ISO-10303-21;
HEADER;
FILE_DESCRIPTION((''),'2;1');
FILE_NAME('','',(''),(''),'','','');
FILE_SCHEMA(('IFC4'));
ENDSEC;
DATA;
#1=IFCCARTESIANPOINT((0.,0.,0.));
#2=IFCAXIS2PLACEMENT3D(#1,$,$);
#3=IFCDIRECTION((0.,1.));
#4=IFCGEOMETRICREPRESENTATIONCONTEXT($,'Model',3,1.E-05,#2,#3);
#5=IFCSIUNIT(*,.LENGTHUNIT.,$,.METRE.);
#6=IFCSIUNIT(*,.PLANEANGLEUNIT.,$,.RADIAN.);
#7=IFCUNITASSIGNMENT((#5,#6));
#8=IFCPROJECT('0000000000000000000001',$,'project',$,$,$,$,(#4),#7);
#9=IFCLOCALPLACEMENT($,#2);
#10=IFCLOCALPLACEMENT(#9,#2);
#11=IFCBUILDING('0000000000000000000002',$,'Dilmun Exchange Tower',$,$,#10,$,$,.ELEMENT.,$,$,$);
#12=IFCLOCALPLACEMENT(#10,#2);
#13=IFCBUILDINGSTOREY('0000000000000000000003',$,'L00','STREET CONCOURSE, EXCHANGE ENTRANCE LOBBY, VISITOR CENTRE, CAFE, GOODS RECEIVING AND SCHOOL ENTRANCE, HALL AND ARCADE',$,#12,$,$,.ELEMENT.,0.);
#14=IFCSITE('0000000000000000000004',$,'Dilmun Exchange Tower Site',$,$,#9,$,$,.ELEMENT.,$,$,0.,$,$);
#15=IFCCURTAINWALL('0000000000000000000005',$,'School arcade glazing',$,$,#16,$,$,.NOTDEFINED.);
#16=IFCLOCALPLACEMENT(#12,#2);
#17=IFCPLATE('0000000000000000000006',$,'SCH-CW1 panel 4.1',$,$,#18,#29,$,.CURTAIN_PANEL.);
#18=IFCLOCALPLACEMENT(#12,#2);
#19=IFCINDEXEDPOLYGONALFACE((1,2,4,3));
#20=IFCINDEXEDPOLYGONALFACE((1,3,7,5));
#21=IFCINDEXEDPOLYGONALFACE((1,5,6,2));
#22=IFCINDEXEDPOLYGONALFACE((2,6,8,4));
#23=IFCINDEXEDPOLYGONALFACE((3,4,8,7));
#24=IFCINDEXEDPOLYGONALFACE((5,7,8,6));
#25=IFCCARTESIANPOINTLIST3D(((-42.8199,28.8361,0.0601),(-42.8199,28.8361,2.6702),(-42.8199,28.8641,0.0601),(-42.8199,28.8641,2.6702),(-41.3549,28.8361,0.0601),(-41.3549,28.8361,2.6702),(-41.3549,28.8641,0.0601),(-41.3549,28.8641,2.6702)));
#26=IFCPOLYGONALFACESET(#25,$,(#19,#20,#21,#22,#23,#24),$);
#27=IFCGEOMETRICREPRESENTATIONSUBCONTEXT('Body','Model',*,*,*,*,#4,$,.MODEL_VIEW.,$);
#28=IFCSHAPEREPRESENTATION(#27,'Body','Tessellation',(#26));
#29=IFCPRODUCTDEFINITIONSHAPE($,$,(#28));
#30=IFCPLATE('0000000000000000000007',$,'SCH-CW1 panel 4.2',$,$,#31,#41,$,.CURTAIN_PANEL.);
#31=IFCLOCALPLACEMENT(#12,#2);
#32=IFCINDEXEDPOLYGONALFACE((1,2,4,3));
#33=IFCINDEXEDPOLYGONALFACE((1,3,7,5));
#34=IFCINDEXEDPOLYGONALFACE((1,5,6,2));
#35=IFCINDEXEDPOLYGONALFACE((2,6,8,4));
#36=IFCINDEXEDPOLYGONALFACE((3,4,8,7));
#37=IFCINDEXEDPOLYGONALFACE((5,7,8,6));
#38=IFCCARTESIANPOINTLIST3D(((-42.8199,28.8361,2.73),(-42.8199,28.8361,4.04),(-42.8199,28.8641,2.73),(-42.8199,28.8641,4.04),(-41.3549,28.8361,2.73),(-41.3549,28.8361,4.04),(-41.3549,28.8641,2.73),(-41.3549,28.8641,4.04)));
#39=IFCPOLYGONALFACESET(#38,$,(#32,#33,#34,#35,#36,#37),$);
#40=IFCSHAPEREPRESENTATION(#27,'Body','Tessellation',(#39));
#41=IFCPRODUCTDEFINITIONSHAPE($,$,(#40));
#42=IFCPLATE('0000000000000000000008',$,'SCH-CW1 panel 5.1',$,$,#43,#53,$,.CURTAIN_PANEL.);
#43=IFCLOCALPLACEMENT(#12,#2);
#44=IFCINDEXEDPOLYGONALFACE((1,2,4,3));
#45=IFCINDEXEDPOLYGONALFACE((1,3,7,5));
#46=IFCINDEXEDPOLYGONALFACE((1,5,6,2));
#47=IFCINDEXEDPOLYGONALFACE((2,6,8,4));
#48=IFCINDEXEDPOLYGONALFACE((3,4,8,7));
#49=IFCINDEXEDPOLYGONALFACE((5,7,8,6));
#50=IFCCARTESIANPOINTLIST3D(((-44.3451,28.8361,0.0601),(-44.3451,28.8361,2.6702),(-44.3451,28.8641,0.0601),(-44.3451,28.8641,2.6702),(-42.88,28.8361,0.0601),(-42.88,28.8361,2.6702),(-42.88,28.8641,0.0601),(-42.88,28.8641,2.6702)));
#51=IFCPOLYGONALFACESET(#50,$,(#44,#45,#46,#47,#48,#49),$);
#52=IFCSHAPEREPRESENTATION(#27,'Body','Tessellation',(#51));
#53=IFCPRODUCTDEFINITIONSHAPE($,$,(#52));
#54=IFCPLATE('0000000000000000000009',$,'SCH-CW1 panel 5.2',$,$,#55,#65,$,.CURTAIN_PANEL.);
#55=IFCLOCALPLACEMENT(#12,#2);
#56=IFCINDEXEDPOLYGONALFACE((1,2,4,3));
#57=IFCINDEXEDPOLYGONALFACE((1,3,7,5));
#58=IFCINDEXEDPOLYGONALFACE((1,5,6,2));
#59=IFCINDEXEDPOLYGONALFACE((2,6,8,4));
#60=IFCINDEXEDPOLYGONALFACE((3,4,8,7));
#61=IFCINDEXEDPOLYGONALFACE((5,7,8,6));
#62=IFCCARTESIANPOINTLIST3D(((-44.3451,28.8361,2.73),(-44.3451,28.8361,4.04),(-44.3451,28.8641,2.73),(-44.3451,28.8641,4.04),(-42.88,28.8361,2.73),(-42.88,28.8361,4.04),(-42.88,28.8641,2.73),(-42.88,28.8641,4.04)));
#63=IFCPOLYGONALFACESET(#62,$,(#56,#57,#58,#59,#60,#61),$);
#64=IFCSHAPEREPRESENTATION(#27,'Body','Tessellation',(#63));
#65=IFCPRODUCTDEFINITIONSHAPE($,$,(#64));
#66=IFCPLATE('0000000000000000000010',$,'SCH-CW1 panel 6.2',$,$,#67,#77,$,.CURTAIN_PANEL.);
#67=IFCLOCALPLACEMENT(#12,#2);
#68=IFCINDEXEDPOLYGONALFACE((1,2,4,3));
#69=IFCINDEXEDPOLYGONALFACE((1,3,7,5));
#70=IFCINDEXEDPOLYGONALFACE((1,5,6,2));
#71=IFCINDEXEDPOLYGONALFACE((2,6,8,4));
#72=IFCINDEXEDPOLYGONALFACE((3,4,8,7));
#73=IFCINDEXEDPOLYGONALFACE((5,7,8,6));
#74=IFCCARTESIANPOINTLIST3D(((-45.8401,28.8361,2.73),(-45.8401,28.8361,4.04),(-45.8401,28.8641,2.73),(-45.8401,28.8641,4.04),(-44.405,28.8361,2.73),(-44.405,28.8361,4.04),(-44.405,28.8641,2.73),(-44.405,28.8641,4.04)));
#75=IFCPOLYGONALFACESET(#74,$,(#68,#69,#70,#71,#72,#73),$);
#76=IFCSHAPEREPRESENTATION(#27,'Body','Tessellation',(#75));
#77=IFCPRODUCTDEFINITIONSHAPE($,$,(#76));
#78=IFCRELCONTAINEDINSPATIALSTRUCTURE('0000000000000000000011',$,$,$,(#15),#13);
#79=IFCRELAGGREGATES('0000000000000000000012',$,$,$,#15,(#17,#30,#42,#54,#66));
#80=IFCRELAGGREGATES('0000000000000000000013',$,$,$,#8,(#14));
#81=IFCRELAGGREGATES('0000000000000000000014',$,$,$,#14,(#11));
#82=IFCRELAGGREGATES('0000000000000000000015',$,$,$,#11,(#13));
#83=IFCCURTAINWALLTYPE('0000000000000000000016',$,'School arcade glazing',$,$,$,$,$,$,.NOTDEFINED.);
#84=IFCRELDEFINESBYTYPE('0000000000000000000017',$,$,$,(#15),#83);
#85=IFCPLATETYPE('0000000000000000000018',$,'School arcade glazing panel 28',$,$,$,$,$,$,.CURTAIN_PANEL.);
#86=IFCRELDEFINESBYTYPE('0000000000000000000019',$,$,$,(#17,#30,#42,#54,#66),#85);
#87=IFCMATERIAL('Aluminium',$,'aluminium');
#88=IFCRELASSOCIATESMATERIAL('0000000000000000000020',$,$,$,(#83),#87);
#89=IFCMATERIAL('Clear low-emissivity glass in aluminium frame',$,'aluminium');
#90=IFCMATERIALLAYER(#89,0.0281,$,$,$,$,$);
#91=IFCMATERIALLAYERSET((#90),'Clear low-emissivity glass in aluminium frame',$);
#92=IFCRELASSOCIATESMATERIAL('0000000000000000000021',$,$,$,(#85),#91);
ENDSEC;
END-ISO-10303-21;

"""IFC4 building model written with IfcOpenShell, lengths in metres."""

from ifc_helpers import new_model, si_unit, direction, frame, origin, origin_2d, place, context, subcontext, project, spatial, rectangle, extrude, material, layer, layer_set, type_object, element, aggregate, save


model = new_model("IFC4")

# Units and contexts
model_context = context("Model", 3, precision=1e-05, world=origin(), true_north=direction((0.0, 1.0)))
body_context = subcontext(model_context, "Body", "Model", "MODEL_VIEW")
ifc_project = project(units=[si_unit("LENGTHUNIT", "METRE"), si_unit("PLANEANGLEUNIT", "RADIAN")], contexts=[model_context])

# Site, building, storey
site_placement = place(None, origin())
site = spatial("IfcSite", under=ifc_project, at=site_placement, Name="Dilmun Exchange Tower Site", CompositionType="ELEMENT", RefElevation=0.0)
building_placement = place(site_placement, origin())
building = spatial("IfcBuilding", under=site, at=building_placement, Name="Dilmun Exchange Tower", CompositionType="ELEMENT")
storey_placement = place(building_placement, origin())
storey = spatial("IfcBuildingStorey", under=building, at=storey_placement, Name="L00", Description="STREET CONCOURSE, EXCHANGE ENTRANCE LOBBY, VISITOR CENTRE, CAFE, GOODS RECEIVING AND SCHOOL ENTRANCE, HALL AND ARCADE", CompositionType="ELEMENT", Elevation=0.0)

# Curtain wall, plates
ifc_material_1 = material(Name="Aluminium", Category="aluminium")
curtain_wall_type = type_object("IfcCurtainWallType", Name="School arcade glazing", PredefinedType="NOTDEFINED", material=ifc_material_1)
curtain_wall_placement = place(storey_placement, origin())
curtain_wall = element("IfcCurtainWall", 1, at=curtain_wall_placement, inside=storey, type_object=curtain_wall_type, Name="School arcade glazing", PredefinedType="NOTDEFINED")
ifc_material_2 = material(Name="Clear low-emissivity glass in aluminium frame", Category="aluminium")
ifc_layer = layer(ifc_material_2, 0.0281)
ifc_layer_set = layer_set([ifc_layer], Name="Clear low-emissivity glass in aluminium frame")
plate_type = type_object("IfcPlateType", Name="School arcade glazing panel 28", PredefinedType="CURTAIN_PANEL", material=ifc_layer_set)
plate_1_placement = place(storey_placement, frame((-42.0874, 28.8501, 0.0601), z_axis=(0.0, 0.0, 1.0), x_axis=(-1.0, 0.0, 0.0)))
plate_1 = element("IfcPlate", 2, at=plate_1_placement, type_object=plate_type, Name="SCH-CW1 panel 4.1", PredefinedType="CURTAIN_PANEL", context=body_context, shape_type="SweptSolid", body=[
    extrude(rectangle(XDim=1.4651, YDim=0.0281, at=origin_2d()), origin(), (0.0, 0.0, 1.0), 2.6101),
])
plate_2_placement = place(storey_placement, frame((-42.0874, 28.8501, 2.73), z_axis=(0.0, 0.0, 1.0), x_axis=(-1.0, 0.0, 0.0)))
plate_2 = element("IfcPlate", 3, at=plate_2_placement, type_object=plate_type, Name="SCH-CW1 panel 4.2", PredefinedType="CURTAIN_PANEL", context=body_context, shape_type="SweptSolid", body=[
    extrude(rectangle(XDim=1.4651, YDim=0.0281, at=origin_2d()), origin(), (0.0, 0.0, 1.0), 1.3101),
])
plate_3_placement = place(storey_placement, frame((-43.6125, 28.8501, 0.0601), z_axis=(0.0, 0.0, 1.0), x_axis=(-1.0, 0.0, 0.0)))
plate_3 = element("IfcPlate", 4, at=plate_3_placement, type_object=plate_type, Name="SCH-CW1 panel 5.1", PredefinedType="CURTAIN_PANEL", context=body_context, shape_type="SweptSolid", body=[
    extrude(rectangle(XDim=1.4651, YDim=0.0281, at=origin_2d()), origin(), (0.0, 0.0, 1.0), 2.6101),
])
plate_4_placement = place(storey_placement, frame((-43.6125, 28.8501, 2.73), z_axis=(0.0, 0.0, 1.0), x_axis=(-1.0, 0.0, 0.0)))
plate_4 = element("IfcPlate", 5, at=plate_4_placement, type_object=plate_type, Name="SCH-CW1 panel 5.2", PredefinedType="CURTAIN_PANEL", context=body_context, shape_type="SweptSolid", body=[
    extrude(rectangle(XDim=1.4651, YDim=0.0281, at=origin_2d()), origin(), (0.0, 0.0, 1.0), 1.3101),
])
plate_5_placement = place(storey_placement, frame((-45.1226, 28.8501, 2.73), z_axis=(0.0, 0.0, 1.0), x_axis=(-1.0, 0.0, 0.0)))
plate_5 = element("IfcPlate", 6, at=plate_5_placement, type_object=plate_type, Name="SCH-CW1 panel 6.2", PredefinedType="CURTAIN_PANEL", context=body_context, shape_type="SweptSolid", body=[
    extrude(rectangle(XDim=1.4351, YDim=0.0281, at=origin_2d()), origin(), (0.0, 0.0, 1.0), 1.3101),
])
aggregate(curtain_wall, [plate_1, plate_2, plate_3, plate_4, plate_5])

save(model, "model.ifc")
